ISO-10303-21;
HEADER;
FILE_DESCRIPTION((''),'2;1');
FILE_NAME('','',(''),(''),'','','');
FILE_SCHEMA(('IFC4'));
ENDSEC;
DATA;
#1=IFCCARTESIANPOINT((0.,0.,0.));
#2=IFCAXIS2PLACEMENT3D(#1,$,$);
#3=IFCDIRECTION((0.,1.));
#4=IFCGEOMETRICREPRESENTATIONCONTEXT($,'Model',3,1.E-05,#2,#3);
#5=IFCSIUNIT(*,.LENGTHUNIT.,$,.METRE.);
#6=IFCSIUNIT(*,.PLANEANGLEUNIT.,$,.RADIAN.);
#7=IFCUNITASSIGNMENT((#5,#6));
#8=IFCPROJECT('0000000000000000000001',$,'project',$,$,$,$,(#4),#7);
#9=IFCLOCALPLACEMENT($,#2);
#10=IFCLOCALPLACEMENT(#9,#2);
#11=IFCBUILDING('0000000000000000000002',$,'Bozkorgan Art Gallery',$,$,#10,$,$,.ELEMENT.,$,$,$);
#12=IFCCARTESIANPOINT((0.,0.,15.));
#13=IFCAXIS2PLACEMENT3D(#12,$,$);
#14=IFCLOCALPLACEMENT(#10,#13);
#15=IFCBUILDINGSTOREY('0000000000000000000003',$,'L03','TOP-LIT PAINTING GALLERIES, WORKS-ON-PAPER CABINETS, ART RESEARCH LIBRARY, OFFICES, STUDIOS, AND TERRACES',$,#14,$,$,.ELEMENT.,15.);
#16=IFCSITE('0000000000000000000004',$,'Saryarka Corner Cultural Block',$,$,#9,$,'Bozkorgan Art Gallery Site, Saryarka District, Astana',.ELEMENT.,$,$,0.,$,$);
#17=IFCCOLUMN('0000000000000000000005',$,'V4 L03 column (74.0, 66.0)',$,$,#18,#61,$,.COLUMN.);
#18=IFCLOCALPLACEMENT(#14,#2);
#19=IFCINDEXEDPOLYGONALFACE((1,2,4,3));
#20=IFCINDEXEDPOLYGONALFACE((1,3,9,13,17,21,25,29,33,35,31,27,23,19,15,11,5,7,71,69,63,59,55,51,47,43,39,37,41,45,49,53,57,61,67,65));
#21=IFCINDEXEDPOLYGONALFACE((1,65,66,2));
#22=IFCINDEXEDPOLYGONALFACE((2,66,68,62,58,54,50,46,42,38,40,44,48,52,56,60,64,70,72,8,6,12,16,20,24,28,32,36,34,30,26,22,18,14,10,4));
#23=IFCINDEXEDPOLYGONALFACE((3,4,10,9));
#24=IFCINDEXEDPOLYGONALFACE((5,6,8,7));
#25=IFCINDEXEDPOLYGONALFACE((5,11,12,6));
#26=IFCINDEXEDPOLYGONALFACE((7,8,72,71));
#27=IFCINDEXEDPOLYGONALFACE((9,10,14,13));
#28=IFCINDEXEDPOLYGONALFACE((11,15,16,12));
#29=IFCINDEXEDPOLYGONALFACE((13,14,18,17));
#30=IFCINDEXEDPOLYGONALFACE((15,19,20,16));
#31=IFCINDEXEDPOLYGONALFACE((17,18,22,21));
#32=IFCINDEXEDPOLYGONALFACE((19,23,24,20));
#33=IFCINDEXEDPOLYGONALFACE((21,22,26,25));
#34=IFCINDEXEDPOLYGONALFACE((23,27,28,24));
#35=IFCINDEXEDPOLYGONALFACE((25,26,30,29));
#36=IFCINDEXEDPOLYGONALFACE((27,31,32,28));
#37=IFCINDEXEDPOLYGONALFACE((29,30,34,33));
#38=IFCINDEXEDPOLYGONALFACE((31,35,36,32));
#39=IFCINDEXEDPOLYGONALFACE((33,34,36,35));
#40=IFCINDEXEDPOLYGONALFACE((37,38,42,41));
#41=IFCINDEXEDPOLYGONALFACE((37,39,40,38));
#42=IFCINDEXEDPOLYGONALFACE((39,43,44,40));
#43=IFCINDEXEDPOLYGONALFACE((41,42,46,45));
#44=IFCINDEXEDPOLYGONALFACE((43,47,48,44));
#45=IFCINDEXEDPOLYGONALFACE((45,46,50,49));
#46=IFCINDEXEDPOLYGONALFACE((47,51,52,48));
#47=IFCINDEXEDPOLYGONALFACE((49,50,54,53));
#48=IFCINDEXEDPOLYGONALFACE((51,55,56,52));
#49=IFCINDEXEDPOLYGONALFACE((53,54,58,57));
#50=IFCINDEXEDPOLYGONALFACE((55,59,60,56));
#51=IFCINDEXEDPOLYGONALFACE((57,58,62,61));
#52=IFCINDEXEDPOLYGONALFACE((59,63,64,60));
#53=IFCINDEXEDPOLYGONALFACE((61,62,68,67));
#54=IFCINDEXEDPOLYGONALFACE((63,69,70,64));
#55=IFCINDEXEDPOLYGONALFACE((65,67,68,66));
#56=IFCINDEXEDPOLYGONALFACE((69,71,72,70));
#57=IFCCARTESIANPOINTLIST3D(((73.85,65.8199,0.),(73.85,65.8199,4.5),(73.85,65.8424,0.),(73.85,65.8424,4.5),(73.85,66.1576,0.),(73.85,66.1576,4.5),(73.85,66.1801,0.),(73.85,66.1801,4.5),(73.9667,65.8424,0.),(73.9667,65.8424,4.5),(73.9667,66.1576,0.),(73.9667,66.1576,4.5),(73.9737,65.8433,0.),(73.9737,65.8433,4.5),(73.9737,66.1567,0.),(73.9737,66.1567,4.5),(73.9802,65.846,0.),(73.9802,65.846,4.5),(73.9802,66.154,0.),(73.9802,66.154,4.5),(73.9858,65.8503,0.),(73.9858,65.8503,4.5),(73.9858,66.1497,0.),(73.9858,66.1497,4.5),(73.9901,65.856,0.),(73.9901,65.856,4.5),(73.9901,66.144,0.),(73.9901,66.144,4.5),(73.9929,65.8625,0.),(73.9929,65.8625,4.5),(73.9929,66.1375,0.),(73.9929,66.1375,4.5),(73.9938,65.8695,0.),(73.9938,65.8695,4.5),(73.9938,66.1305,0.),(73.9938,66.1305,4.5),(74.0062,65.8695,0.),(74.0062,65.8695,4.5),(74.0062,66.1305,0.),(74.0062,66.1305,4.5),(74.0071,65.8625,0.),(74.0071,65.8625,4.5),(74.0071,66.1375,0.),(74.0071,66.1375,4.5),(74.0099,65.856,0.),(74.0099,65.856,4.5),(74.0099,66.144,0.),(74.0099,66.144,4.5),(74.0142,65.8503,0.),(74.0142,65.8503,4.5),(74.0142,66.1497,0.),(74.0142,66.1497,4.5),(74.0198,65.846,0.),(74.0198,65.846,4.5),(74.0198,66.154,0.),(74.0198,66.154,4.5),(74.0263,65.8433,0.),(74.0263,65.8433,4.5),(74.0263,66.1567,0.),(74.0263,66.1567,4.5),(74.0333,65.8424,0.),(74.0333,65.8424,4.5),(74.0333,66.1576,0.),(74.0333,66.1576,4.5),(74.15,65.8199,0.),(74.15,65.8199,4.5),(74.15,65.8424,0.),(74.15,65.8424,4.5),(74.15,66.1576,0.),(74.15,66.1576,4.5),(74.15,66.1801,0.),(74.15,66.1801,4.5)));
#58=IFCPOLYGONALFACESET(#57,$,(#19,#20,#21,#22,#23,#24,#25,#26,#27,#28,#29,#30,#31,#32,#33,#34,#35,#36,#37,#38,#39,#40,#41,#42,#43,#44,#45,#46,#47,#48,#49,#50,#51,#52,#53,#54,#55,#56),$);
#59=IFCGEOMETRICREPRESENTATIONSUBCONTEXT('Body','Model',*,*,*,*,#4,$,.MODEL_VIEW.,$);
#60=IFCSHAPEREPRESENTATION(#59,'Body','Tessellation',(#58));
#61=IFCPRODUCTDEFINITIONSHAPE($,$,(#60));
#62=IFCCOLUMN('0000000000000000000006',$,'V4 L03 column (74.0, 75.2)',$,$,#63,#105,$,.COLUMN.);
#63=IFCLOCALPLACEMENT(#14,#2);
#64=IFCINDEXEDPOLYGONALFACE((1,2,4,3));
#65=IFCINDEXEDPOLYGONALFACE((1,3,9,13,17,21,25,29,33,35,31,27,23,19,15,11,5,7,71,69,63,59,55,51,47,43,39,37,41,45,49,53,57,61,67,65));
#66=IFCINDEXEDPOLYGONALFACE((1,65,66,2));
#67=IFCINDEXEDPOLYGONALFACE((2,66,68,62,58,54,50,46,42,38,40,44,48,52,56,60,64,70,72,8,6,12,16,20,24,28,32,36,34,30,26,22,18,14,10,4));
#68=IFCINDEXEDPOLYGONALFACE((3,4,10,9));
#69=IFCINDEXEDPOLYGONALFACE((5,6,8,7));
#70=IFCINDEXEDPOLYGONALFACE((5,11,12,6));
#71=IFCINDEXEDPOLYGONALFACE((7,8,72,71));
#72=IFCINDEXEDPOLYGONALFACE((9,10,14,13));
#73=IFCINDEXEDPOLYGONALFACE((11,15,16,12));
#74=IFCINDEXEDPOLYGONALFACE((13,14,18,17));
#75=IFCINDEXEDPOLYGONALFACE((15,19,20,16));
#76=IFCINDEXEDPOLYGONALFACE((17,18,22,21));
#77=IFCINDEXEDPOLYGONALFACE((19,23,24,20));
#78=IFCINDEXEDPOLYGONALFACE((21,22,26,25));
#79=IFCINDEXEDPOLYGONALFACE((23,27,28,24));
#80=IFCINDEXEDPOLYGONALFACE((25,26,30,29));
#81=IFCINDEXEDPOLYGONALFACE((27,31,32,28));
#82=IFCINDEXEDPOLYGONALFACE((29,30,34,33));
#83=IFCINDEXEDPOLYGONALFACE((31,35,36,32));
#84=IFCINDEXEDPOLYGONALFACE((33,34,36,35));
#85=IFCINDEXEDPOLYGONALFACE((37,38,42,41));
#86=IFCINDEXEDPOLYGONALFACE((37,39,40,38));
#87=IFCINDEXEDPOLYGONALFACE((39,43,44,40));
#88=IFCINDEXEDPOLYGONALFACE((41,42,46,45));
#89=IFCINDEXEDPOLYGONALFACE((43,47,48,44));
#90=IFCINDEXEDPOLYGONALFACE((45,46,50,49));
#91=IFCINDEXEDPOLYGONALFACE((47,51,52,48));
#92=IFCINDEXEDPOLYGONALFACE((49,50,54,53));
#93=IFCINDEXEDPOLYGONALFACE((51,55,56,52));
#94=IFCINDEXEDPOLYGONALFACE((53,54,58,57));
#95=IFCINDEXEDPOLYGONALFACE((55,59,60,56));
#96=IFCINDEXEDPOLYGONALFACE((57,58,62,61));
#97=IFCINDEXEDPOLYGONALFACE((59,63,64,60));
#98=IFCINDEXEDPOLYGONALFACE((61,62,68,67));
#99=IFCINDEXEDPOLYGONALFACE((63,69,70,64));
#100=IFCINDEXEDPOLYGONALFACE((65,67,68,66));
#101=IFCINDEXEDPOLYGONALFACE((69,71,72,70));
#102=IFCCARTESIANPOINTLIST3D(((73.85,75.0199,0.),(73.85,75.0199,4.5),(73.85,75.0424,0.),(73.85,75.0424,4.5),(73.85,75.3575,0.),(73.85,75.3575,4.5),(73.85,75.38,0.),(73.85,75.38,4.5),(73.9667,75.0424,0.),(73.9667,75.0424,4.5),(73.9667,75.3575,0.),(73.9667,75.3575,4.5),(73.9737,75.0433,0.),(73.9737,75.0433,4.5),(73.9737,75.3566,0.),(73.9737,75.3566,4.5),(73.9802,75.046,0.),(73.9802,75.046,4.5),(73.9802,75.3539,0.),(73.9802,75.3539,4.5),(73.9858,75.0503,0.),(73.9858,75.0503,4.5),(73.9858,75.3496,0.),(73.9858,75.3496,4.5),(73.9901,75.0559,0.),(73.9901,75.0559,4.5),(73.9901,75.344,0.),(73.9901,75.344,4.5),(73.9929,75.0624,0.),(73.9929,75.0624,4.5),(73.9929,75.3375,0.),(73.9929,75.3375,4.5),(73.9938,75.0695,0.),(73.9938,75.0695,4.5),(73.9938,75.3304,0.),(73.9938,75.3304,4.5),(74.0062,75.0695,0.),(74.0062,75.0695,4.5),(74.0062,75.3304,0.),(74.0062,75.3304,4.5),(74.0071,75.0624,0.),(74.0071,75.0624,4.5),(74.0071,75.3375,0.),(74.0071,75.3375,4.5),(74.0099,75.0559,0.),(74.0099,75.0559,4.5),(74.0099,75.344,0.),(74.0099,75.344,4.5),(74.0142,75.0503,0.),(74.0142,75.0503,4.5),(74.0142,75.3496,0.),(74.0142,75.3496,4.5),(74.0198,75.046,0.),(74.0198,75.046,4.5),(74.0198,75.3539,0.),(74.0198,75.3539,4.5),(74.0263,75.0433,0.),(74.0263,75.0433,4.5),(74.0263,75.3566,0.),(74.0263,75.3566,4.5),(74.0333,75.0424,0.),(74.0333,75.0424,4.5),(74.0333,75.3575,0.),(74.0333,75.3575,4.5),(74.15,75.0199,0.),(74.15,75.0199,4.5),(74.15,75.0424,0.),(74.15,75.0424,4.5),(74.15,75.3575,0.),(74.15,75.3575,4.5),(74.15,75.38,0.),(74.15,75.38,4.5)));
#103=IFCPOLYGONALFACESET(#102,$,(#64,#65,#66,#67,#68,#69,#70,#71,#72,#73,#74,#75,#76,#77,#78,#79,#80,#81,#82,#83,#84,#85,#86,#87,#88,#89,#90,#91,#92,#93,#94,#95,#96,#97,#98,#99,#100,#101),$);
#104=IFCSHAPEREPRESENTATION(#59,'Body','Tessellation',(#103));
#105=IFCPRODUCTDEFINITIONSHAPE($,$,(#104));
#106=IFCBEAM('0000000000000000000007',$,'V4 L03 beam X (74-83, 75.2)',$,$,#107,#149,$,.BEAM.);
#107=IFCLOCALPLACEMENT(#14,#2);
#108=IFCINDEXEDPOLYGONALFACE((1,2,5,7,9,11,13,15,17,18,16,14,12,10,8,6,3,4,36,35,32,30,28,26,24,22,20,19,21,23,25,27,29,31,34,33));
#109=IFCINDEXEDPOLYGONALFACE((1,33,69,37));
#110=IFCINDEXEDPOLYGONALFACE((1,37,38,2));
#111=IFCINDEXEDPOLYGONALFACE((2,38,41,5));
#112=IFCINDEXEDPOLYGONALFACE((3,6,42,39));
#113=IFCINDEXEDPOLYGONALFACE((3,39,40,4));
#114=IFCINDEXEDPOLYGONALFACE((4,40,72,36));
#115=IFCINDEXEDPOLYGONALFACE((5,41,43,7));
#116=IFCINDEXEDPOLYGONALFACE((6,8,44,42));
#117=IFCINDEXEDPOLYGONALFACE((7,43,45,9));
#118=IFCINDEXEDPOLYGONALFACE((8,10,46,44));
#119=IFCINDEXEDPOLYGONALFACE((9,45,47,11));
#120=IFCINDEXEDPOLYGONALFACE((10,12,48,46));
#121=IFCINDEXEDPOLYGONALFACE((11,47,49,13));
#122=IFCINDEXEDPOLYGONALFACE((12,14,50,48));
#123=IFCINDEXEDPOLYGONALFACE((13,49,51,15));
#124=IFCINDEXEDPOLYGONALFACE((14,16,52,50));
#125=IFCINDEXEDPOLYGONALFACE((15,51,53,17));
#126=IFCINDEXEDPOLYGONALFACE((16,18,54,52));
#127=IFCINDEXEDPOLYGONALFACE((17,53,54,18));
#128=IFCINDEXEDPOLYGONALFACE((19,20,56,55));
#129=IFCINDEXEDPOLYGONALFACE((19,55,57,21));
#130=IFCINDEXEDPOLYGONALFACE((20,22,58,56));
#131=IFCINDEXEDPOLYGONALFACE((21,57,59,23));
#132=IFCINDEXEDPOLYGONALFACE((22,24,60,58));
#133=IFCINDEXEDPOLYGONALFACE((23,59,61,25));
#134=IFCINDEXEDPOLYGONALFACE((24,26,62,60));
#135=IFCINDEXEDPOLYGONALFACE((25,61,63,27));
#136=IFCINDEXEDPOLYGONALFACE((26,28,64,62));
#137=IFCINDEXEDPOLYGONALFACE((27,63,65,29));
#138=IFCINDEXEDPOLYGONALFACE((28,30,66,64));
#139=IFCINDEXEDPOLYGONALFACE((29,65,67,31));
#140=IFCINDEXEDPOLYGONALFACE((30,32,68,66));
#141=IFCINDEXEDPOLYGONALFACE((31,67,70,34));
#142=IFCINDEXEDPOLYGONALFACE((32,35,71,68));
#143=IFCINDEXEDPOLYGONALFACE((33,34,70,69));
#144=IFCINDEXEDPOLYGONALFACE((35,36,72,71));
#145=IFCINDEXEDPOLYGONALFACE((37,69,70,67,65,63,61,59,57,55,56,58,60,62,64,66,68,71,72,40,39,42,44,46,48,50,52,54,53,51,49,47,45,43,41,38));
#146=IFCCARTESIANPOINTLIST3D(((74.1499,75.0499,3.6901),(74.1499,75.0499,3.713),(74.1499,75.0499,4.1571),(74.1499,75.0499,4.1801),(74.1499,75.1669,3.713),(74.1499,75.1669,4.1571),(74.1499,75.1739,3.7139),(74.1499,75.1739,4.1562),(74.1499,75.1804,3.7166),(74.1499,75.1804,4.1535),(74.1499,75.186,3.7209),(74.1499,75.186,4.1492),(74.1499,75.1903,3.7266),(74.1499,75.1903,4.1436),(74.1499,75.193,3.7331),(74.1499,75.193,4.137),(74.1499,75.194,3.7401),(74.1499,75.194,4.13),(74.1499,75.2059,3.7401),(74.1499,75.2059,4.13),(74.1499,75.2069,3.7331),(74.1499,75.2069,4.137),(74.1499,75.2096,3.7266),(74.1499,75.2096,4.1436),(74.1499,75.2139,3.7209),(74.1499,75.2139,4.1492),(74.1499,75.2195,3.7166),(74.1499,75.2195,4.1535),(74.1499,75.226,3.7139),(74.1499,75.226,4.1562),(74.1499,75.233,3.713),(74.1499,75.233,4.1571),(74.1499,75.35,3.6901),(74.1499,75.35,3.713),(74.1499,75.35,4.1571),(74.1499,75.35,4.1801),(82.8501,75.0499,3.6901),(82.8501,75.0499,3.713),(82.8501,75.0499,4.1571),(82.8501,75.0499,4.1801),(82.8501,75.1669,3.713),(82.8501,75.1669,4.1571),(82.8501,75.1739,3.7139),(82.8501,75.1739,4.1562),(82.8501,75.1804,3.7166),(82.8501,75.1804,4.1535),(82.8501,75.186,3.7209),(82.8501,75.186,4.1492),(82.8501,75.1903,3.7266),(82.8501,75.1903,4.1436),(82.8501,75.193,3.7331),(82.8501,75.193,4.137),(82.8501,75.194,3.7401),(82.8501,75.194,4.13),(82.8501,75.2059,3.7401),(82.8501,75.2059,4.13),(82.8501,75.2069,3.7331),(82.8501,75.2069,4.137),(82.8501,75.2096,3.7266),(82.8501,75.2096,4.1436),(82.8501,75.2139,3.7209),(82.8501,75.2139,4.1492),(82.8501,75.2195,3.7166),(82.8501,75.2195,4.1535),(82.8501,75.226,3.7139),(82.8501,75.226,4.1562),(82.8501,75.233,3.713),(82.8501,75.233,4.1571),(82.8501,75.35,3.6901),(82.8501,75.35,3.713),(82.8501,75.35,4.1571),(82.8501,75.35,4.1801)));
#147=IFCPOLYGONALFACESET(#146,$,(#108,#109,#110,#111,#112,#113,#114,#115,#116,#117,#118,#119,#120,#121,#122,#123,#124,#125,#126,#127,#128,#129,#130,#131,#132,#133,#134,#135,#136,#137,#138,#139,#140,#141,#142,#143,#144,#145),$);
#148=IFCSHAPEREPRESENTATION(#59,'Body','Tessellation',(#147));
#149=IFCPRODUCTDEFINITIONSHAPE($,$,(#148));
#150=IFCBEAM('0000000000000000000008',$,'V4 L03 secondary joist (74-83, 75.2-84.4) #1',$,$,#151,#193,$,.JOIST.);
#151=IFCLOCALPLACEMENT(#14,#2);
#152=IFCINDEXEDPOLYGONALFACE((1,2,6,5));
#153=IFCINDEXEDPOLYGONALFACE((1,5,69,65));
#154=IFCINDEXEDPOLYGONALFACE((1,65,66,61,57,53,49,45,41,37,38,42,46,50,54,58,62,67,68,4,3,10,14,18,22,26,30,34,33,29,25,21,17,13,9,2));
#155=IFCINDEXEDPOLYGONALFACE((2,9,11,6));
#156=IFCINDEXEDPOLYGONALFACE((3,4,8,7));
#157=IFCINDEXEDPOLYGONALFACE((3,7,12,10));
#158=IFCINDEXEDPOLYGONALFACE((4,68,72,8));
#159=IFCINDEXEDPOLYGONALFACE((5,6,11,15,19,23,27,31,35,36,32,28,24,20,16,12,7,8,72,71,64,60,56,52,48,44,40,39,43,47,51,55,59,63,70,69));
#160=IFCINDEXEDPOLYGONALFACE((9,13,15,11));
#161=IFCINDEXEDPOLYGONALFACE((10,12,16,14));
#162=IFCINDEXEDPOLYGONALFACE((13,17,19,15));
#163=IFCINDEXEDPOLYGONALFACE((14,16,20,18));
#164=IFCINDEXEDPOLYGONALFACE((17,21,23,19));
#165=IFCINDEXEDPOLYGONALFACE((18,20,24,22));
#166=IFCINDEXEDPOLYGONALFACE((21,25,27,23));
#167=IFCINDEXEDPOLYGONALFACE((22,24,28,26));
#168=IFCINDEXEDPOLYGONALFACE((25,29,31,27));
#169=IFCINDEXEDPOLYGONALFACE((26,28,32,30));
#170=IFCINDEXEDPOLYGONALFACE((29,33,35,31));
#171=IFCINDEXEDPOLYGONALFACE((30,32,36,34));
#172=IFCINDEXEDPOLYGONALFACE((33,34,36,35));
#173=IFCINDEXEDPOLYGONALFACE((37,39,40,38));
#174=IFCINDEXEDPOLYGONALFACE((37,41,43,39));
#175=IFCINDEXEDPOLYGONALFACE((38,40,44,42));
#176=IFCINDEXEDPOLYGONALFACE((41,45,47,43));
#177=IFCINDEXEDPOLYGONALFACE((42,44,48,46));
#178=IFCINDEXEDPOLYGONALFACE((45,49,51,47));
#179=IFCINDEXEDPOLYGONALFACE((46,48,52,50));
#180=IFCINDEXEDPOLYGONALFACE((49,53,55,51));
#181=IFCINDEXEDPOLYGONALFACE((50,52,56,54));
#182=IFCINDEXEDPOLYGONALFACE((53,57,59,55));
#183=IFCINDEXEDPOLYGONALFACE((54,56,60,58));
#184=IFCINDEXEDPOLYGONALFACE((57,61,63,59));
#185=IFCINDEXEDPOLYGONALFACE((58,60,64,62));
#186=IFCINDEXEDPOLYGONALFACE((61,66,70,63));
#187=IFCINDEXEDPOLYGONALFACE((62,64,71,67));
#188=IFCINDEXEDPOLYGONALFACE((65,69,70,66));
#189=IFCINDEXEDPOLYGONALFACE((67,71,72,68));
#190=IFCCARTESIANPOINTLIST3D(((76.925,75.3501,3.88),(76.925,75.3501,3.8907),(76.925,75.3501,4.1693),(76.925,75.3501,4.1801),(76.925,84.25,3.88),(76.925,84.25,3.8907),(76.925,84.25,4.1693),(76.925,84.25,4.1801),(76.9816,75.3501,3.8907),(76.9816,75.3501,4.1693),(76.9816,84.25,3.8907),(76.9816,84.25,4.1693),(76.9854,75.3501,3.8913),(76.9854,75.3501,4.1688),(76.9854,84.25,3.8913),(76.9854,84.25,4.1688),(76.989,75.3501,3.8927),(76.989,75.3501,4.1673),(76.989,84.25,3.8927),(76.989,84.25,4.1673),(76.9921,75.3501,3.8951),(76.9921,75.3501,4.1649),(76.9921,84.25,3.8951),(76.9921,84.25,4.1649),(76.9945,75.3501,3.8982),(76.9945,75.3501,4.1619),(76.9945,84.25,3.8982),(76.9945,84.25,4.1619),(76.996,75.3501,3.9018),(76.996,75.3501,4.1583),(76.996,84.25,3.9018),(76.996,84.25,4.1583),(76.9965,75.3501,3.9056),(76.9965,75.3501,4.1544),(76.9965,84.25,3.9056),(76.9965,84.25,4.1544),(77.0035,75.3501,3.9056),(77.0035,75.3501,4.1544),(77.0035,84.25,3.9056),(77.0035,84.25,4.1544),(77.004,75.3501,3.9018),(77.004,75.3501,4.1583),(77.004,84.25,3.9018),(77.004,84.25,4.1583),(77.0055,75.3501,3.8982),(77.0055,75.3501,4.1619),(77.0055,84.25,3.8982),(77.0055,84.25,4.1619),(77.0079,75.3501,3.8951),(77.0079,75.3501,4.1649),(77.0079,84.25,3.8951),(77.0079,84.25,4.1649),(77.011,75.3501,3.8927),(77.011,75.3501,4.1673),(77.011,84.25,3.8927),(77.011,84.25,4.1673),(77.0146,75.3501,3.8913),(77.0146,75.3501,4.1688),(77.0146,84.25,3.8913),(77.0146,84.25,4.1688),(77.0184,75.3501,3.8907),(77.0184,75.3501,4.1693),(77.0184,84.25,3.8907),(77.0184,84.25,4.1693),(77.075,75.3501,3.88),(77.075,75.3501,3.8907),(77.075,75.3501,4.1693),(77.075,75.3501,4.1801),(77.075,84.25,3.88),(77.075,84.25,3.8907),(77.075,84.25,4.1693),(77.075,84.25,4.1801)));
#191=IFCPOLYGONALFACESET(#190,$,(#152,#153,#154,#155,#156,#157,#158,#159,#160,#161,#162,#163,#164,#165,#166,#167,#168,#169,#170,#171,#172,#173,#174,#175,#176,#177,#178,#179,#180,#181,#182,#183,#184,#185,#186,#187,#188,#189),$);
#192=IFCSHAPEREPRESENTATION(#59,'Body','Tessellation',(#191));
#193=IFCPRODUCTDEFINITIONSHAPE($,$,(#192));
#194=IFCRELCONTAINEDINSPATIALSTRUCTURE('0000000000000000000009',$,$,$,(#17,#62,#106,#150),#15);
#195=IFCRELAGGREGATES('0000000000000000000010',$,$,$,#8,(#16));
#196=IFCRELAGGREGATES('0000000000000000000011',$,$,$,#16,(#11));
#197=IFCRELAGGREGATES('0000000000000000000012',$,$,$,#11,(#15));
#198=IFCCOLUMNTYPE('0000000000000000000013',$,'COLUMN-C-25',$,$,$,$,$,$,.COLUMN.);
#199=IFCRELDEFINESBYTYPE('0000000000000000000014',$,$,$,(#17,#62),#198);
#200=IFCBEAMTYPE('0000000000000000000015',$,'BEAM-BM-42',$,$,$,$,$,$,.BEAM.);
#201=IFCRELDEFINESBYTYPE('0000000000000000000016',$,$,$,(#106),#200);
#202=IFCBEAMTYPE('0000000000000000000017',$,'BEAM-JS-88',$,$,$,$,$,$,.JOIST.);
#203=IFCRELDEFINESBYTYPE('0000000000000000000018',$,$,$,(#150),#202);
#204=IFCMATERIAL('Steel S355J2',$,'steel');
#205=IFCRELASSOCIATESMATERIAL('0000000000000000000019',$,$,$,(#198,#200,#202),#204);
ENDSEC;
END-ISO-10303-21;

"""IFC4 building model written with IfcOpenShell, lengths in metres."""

from ifc_helpers import new_model, si_unit, direction, frame, origin, origin_2d, place, context, subcontext, project, spatial, i_section, extrude, material, material_profile, profile_set, type_object, element, save


model = new_model("IFC4")

# Units and contexts
model_context = context("Model", 3, precision=1e-05, world=origin(), true_north=direction((0.0, 1.0)))
body_context = subcontext(model_context, "Body", "Model", "MODEL_VIEW")
ifc_project = project(units=[si_unit("LENGTHUNIT", "METRE"), si_unit("PLANEANGLEUNIT", "RADIAN")], contexts=[model_context])

# Site, building, storey
site_placement = place(None, origin())
site = spatial("IfcSite", under=ifc_project, at=site_placement, Name="Saryarka Corner Cultural Block", LongName="Bozkorgan Art Gallery Site, Saryarka District, Astana", CompositionType="ELEMENT", RefElevation=0.0)
building_placement = place(site_placement, origin())
building = spatial("IfcBuilding", under=site, at=building_placement, Name="Bozkorgan Art Gallery", CompositionType="ELEMENT")
storey_placement = place(building_placement, frame((0.0, 0.0, 15.0)))
storey = spatial("IfcBuildingStorey", under=building, at=storey_placement, Name="L03", Description="TOP-LIT PAINTING GALLERIES, WORKS-ON-PAPER CABINETS, ART RESEARCH LIBRARY, OFFICES, STUDIOS, AND TERRACES", CompositionType="ELEMENT", Elevation=15.0)

# Columns
ifc_material_1 = material(Name="Steel S355J2", Category="steel")
ifc_material_profile_1 = material_profile(ifc_material_1, i_section(OverallWidth=0.3, OverallDepth=0.3601, WebThickness=0.0125, FlangeThickness=0.0225, FilletRadius=0.0271, at=origin_2d()), Name="HEB 360")
ifc_profile_set_1 = profile_set([ifc_material_profile_1], Name="Steel S355J2")
column_type = type_object("IfcColumnType", Name="COLUMN-C-25", PredefinedType="COLUMN", material=ifc_profile_set_1)
for number, where, z_axis, x_axis, name in (
    (1, (74.0, 66.0, 0.0), (0.0, 0.0, 1.0), (1.0, 0.0, 0.0), "V4 L03 column (74.0, 66.0)"),
    (2, (74.0, 75.2, 0.0), (0.0, 0.0, 1.0), (1.0, 0.0, 0.0), "V4 L03 column (74.0, 75.2)"),
):
    element("IfcColumn", number, at=place(storey_placement, frame(where, z_axis=z_axis, x_axis=x_axis)), inside=storey, type_object=column_type, Name=name, PredefinedType="COLUMN", context=body_context, shape_type="SweptSolid", body=[
        extrude(i_section(OverallWidth=0.3, OverallDepth=0.3601, WebThickness=0.0125, FlangeThickness=0.0225, FilletRadius=0.0271, at=origin_2d()), origin(), (0.0, 0.0, 1.0), 4.5),
    ])

# Beams
ifc_material_profile_2 = material_profile(ifc_material_1, i_section(OverallWidth=0.3, OverallDepth=0.49, WebThickness=0.012, FlangeThickness=0.0229, FilletRadius=0.0271, at=origin_2d()), Name="HEA 500")
ifc_profile_set_2 = profile_set([ifc_material_profile_2], Name="Steel S355J2")
beam_type_1 = type_object("IfcBeamType", Name="BEAM-BM-42", PredefinedType="BEAM", material=ifc_profile_set_2)
beam_1_placement = place(storey_placement, frame((74.1499, 75.2, 3.9351), z_axis=(1.0, 0.0, 0.0), x_axis=(0.0, 1.0, 0.0)))
element("IfcBeam", 3, at=beam_1_placement, inside=storey, type_object=beam_type_1, Name="V4 L03 beam X (74-83, 75.2)", PredefinedType="BEAM", context=body_context, shape_type="SweptSolid", body=[
    extrude(i_section(OverallWidth=0.3, OverallDepth=0.49, WebThickness=0.012, FlangeThickness=0.0229, FilletRadius=0.0271, at=origin_2d()), origin(), (0.0, 0.0, 1.0), 8.7002),
])
ifc_material_profile_3 = material_profile(ifc_material_1, i_section(OverallWidth=0.1499, OverallDepth=0.3, WebThickness=0.0071, FlangeThickness=0.0107, FilletRadius=0.0149, at=origin_2d()), Name="IPE 300")
ifc_profile_set_3 = profile_set([ifc_material_profile_3], Name="Steel S355J2")
beam_type_2 = type_object("IfcBeamType", Name="BEAM-JS-88", PredefinedType="JOIST", material=ifc_profile_set_3)
beam_2_placement = place(storey_placement, frame((77.0, 75.3501, 4.03), z_axis=(0.0, 1.0, 0.0), x_axis=(-1.0, 0.0, 0.0)))
element("IfcBeam", 4, at=beam_2_placement, inside=storey, type_object=beam_type_2, Name="V4 L03 secondary joist (74-83, 75.2-84.4) #1", PredefinedType="JOIST", context=body_context, shape_type="SweptSolid", body=[
    extrude(i_section(OverallWidth=0.1499, OverallDepth=0.3, WebThickness=0.0071, FlangeThickness=0.0107, FilletRadius=0.0149, at=origin_2d()), origin(), (0.0, 0.0, 1.0), 8.8999),
])

save(model, "model.ifc")
